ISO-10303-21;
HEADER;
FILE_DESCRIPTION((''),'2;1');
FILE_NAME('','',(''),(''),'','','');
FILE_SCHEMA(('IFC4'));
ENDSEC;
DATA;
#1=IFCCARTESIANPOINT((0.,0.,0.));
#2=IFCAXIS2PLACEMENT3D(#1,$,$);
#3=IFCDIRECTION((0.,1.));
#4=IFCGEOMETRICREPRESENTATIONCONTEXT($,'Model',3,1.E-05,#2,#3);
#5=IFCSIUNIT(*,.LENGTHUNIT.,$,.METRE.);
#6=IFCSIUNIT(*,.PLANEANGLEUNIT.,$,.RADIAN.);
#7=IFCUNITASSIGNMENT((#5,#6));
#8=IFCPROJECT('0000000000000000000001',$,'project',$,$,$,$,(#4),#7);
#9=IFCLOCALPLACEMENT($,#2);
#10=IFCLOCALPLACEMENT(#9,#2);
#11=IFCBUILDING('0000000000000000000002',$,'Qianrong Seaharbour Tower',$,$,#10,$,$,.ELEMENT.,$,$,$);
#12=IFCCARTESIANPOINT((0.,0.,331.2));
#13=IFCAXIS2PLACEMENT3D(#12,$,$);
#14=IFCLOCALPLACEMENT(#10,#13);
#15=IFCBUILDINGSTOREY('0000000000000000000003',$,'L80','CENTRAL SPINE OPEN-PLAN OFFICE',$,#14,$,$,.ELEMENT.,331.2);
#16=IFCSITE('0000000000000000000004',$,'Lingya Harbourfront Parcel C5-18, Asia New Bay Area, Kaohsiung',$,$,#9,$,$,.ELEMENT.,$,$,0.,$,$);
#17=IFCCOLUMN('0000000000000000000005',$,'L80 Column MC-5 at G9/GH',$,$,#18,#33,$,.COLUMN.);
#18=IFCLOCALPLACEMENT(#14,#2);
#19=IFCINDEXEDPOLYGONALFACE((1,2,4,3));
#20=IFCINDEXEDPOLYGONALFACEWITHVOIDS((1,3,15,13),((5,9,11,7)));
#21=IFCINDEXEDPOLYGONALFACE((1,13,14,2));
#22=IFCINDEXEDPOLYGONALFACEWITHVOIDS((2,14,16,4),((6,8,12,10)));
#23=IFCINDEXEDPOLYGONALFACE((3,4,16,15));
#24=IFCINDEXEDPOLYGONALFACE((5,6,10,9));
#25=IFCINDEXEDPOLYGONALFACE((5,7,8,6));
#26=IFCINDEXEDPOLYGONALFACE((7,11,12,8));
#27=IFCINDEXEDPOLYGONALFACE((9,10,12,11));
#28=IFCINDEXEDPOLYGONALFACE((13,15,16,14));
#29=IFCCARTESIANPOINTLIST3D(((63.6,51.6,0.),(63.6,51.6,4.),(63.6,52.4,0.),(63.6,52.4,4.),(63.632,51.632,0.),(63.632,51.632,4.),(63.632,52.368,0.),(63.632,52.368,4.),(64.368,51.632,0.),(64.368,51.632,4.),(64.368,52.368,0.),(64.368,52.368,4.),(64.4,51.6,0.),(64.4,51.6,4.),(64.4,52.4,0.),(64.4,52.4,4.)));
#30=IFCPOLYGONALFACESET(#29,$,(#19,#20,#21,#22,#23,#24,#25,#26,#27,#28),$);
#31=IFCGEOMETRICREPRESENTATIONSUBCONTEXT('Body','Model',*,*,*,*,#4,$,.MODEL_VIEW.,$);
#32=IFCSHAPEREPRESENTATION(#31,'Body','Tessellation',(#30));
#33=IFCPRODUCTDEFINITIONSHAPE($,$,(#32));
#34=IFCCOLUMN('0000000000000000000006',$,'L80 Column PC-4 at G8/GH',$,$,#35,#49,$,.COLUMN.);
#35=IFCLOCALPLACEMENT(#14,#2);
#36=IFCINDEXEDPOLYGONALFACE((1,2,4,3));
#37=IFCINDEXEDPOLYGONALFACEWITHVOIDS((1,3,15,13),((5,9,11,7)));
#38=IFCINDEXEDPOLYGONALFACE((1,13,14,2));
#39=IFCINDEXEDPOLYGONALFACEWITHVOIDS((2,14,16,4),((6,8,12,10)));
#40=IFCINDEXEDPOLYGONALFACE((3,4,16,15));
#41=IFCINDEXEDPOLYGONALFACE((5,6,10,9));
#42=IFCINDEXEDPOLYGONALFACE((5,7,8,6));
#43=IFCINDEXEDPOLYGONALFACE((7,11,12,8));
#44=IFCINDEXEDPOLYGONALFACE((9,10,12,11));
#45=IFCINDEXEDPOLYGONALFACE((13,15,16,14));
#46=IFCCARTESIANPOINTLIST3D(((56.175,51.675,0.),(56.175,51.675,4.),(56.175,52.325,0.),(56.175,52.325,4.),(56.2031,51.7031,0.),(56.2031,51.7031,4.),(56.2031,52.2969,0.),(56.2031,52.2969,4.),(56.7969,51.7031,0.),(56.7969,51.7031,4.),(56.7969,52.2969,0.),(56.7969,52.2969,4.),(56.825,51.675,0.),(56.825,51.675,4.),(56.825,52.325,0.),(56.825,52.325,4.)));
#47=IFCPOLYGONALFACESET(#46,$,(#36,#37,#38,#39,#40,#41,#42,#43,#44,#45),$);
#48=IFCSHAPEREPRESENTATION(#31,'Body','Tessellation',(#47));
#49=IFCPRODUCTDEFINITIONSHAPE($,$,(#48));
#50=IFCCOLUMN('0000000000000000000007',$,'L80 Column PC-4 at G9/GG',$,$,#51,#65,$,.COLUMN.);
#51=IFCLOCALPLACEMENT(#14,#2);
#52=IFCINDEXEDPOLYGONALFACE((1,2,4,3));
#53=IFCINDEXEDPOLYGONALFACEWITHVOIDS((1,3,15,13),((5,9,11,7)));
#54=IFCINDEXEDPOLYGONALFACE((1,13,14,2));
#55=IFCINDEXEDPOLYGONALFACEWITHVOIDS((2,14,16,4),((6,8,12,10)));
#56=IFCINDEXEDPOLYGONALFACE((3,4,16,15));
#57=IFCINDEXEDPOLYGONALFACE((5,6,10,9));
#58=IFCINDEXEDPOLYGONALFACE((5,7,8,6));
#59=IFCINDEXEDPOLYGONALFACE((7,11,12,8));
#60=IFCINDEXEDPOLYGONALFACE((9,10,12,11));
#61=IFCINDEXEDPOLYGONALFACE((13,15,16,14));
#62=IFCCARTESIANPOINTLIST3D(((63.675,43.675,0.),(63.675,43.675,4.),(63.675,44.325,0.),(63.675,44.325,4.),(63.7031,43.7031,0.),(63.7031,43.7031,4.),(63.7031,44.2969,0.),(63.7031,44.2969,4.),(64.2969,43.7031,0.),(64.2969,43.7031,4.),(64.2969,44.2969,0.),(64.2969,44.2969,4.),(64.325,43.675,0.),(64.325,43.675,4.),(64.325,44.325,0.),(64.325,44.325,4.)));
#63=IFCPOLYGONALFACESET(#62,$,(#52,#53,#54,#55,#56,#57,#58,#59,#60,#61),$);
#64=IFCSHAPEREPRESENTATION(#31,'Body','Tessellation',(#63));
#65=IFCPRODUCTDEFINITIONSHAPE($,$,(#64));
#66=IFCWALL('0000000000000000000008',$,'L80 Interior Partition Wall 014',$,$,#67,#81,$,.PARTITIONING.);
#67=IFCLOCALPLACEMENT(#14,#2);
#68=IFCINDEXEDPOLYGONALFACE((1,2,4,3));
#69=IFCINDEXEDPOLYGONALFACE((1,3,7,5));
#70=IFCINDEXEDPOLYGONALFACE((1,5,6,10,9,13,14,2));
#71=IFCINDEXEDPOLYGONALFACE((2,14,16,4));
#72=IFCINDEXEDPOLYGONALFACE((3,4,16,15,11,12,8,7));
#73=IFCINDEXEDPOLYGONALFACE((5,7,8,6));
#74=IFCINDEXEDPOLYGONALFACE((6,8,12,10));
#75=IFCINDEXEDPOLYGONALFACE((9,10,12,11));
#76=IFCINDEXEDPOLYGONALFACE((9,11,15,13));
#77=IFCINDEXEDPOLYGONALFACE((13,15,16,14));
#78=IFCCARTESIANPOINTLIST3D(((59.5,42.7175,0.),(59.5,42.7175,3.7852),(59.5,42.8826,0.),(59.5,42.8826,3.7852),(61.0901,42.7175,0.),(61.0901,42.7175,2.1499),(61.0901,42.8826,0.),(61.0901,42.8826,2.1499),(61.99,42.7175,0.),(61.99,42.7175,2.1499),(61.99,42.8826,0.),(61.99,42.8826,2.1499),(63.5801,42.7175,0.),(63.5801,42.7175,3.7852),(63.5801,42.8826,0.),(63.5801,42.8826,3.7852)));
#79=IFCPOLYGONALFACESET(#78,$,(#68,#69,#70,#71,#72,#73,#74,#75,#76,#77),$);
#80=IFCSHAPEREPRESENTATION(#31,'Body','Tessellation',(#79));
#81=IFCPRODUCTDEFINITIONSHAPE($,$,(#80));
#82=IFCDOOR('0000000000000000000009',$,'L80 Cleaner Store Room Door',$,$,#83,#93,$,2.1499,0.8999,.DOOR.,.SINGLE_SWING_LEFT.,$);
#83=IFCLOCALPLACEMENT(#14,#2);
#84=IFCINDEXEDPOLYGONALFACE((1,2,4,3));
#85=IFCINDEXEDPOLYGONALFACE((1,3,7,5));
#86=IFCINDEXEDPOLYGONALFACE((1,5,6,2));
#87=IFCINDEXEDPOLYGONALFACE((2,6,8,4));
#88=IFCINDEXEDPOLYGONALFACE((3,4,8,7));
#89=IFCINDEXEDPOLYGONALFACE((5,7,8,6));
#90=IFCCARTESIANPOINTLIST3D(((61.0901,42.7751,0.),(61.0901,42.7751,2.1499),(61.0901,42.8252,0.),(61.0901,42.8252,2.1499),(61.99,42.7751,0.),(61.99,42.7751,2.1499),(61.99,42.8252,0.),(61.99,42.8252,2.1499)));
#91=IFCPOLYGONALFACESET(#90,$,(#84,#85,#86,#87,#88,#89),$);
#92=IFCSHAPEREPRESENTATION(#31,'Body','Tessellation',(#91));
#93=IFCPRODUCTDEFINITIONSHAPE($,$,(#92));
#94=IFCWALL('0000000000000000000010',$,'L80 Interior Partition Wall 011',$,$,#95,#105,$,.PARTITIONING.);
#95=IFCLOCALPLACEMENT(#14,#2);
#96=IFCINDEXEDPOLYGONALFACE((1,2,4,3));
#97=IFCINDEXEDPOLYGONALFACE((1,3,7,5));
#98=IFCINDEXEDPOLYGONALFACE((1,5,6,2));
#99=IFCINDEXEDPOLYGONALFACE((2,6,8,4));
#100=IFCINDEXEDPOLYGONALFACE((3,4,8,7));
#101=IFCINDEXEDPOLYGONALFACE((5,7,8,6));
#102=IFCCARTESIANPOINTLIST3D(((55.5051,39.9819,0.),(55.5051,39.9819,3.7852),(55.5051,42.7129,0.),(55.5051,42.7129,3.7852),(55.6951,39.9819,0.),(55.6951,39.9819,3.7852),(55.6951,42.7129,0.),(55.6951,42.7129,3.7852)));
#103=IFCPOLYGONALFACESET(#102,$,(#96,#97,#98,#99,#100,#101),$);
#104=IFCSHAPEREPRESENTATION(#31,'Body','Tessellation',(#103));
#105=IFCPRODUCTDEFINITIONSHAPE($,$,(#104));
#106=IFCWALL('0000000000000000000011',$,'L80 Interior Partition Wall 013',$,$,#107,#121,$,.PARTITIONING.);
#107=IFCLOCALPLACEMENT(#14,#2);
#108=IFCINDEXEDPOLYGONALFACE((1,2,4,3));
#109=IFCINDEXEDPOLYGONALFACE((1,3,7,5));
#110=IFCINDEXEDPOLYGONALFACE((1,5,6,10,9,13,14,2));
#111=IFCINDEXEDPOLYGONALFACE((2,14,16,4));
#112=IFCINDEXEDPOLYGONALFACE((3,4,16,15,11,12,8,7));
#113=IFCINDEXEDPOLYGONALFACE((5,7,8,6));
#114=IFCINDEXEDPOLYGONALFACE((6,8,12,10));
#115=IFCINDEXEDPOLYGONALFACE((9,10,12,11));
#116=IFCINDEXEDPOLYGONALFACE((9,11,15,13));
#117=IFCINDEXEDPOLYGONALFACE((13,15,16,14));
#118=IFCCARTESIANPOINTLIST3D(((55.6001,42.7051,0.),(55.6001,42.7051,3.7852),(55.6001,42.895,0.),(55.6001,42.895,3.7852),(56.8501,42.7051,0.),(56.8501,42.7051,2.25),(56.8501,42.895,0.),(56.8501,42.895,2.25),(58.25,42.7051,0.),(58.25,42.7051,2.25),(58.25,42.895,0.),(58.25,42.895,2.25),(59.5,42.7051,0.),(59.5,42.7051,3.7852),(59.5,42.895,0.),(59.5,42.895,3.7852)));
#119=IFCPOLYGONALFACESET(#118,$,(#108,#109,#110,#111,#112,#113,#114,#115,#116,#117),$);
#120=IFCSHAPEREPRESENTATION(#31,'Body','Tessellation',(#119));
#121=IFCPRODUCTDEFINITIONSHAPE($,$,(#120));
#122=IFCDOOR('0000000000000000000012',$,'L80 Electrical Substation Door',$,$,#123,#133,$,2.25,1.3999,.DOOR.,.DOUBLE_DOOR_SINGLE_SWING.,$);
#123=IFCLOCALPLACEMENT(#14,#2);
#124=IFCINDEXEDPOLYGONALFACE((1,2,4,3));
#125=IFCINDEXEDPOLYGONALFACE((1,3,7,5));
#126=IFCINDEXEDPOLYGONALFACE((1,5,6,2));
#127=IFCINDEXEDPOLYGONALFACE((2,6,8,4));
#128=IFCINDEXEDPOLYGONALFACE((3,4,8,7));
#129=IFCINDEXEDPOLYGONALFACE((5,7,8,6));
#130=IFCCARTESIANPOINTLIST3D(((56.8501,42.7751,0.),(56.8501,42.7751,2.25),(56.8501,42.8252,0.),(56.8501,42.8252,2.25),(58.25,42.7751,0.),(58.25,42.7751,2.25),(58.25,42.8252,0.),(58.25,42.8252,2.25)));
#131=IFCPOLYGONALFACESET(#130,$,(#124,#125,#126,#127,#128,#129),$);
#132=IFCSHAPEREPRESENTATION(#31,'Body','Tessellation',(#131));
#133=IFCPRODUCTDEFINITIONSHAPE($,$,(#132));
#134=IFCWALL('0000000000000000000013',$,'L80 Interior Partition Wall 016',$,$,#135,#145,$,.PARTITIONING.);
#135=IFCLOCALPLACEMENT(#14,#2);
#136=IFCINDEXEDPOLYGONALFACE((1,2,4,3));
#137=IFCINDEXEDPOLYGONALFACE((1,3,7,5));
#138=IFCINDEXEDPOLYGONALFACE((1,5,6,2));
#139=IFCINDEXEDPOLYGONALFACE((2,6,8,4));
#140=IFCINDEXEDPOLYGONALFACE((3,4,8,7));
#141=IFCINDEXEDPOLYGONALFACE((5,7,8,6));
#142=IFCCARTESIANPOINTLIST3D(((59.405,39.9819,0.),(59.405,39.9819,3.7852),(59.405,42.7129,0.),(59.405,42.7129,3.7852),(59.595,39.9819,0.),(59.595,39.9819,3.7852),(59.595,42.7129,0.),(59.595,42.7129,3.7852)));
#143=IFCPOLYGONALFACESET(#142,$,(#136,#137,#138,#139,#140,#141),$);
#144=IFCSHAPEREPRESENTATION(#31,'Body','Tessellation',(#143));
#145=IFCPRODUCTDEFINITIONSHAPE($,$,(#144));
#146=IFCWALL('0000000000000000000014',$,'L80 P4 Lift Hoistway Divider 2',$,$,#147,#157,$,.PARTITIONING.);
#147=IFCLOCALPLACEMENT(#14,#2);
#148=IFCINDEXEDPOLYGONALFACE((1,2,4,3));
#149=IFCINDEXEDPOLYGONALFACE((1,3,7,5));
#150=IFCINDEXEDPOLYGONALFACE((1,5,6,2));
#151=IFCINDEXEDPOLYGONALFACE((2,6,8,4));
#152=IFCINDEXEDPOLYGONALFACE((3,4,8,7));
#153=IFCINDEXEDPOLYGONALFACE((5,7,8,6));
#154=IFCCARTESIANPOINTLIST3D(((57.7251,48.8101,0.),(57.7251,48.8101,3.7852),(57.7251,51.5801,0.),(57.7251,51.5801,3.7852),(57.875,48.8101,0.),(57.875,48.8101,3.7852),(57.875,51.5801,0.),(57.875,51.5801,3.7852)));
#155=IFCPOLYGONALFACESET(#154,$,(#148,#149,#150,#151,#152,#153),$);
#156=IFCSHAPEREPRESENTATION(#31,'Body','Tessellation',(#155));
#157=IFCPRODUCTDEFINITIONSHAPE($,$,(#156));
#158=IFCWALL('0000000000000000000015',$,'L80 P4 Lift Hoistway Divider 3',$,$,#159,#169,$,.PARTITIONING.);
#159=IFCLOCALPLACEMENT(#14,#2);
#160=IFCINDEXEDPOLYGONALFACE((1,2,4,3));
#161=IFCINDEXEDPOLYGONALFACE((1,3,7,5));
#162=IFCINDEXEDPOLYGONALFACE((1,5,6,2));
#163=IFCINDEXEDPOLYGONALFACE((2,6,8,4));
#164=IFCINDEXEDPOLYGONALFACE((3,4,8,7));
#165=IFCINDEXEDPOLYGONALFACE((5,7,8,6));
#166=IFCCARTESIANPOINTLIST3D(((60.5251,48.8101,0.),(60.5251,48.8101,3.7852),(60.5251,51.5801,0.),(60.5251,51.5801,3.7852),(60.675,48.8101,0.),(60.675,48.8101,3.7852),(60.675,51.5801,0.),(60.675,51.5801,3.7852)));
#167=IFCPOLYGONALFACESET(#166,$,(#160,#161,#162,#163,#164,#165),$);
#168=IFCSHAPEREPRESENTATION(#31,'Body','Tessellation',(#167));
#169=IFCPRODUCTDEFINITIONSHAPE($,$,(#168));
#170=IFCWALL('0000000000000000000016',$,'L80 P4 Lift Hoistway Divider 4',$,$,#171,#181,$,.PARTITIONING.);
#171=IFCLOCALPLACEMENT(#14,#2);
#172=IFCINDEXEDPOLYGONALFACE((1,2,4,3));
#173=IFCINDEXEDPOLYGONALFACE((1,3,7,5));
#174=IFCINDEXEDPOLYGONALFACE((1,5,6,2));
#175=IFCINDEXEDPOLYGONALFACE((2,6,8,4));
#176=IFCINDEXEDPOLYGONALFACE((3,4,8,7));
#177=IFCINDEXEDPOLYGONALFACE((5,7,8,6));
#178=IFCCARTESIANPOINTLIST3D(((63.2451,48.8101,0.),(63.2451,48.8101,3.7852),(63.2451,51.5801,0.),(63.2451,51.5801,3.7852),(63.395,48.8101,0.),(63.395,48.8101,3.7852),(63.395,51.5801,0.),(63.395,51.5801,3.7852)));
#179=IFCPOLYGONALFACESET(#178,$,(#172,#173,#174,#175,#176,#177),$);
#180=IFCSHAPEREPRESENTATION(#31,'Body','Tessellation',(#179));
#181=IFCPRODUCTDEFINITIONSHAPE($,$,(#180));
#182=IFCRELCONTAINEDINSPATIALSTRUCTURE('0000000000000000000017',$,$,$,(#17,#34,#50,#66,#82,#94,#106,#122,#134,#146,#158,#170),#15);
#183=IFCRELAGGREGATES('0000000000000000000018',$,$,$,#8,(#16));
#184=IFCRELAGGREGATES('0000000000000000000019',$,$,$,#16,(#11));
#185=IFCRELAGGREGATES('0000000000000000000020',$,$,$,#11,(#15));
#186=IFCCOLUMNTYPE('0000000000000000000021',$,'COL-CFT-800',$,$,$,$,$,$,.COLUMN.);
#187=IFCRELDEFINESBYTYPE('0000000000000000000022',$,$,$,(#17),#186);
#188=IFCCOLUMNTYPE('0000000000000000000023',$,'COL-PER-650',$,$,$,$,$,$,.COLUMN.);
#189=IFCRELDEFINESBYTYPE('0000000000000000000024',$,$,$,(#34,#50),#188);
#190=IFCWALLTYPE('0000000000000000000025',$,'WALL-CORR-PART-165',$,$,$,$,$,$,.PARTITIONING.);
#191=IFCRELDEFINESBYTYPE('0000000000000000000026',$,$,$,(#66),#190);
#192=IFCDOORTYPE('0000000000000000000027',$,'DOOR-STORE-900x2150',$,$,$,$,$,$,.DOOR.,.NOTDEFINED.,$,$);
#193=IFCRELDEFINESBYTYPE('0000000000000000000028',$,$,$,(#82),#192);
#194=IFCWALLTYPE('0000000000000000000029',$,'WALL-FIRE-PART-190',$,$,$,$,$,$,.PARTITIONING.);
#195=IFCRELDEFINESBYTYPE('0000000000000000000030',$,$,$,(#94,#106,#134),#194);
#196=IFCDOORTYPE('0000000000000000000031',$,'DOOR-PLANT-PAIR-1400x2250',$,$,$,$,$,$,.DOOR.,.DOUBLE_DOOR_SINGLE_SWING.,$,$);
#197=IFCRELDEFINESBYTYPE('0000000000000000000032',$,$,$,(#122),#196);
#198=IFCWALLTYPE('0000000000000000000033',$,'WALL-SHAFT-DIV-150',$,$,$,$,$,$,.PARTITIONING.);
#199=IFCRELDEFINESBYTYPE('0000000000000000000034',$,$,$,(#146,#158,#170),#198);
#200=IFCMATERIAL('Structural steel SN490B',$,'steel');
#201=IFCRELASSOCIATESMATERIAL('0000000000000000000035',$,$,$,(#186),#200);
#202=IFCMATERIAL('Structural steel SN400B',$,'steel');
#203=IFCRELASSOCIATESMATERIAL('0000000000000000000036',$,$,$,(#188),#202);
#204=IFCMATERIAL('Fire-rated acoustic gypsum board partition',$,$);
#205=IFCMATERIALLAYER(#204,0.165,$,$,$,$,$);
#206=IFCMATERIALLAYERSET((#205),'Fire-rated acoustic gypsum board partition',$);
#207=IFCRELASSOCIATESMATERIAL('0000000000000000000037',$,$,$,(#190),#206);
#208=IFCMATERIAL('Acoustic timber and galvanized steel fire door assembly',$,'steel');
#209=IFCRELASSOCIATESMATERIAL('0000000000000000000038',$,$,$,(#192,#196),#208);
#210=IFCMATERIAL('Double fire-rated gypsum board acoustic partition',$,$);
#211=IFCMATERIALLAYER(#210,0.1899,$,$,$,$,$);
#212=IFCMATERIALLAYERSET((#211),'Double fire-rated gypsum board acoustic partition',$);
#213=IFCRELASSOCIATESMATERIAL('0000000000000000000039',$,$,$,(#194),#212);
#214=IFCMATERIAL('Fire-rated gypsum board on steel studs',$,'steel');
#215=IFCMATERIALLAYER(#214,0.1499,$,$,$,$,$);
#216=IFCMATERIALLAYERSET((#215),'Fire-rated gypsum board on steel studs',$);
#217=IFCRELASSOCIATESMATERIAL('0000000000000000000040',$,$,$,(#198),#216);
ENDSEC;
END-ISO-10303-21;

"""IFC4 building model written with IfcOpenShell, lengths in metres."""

from ifc_helpers import new_model, si_unit, direction, frame, frame_2d, origin, origin_2d, place, context, subcontext, project, spatial, rectangle, hollow_rectangle, extrude, material, layer, layer_set, material_profile, profile_set, type_object, element, fill, save


model = new_model("IFC4")

# Units and contexts
model_context = context("Model", 3, precision=1e-05, world=origin(), true_north=direction((0.0, 1.0)))
body_context = subcontext(model_context, "Body", "Model", "MODEL_VIEW")
ifc_project = project(units=[si_unit("LENGTHUNIT", "METRE"), si_unit("PLANEANGLEUNIT", "RADIAN")], contexts=[model_context])

# Site, building, storey
site_placement = place(None, origin())
site = spatial("IfcSite", under=ifc_project, at=site_placement, Name="Lingya Harbourfront Parcel C5-18, Asia New Bay Area, Kaohsiung", CompositionType="ELEMENT", RefElevation=0.0)
building_placement = place(site_placement, origin())
building = spatial("IfcBuilding", under=site, at=building_placement, Name="Qianrong Seaharbour Tower", CompositionType="ELEMENT")
storey_placement = place(building_placement, frame((0.0, 0.0, 331.2)))
storey = spatial("IfcBuildingStorey", under=building, at=storey_placement, Name="L80", Description="CENTRAL SPINE OPEN-PLAN OFFICE", CompositionType="ELEMENT", Elevation=331.2)

# Columns
ifc_material_1 = material(Name="Structural steel SN490B", Category="steel")
ifc_material_profile_1 = material_profile(ifc_material_1, hollow_rectangle(XDim=0.8, YDim=0.8, WallThickness=0.032, at=origin_2d()), Name="BOX800x800x32")
ifc_profile_set_1 = profile_set([ifc_material_profile_1], Name="Structural steel SN490B")
column_type_1 = type_object("IfcColumnType", Name="COL-CFT-800", PredefinedType="COLUMN", material=ifc_profile_set_1)
column_placement = place(storey_placement, frame((64.0, 52.0, 0.0), z_axis=(0.0, 0.0, 1.0), x_axis=(1.0, 0.0, 0.0)))
element("IfcColumn", 1, at=column_placement, inside=storey, type_object=column_type_1, Name="L80 Column MC-5 at G9/GH", PredefinedType="COLUMN", context=body_context, shape_type="SweptSolid", body=[
    extrude(hollow_rectangle(XDim=0.8, YDim=0.8, WallThickness=0.032, at=origin_2d()), origin(), (0.0, 0.0, 1.0), 4.0),
])
ifc_material_2 = material(Name="Structural steel SN400B", Category="steel")
ifc_material_profile_2 = material_profile(ifc_material_2, hollow_rectangle(XDim=0.6499, YDim=0.6499, WallThickness=0.0281, at=origin_2d()), Name="BOX650x650x28")
ifc_profile_set_2 = profile_set([ifc_material_profile_2], Name="Structural steel SN400B")
column_type_2 = type_object("IfcColumnType", Name="COL-PER-650", PredefinedType="COLUMN", material=ifc_profile_set_2)
for number, where, z_axis, x_axis, name in (
    (2, (56.5, 52.0, 0.0), (0.0, 0.0, 1.0), (1.0, 0.0, 0.0), "L80 Column PC-4 at G8/GH"),
    (3, (64.0, 44.0, 0.0), (0.0, 0.0, 1.0), (1.0, 0.0, 0.0), "L80 Column PC-4 at G9/GG"),
):
    element("IfcColumn", number, at=place(storey_placement, frame(where, z_axis=z_axis, x_axis=x_axis)), inside=storey, type_object=column_type_2, Name=name, PredefinedType="COLUMN", context=body_context, shape_type="SweptSolid", body=[
        extrude(hollow_rectangle(XDim=0.6499, YDim=0.6499, WallThickness=0.0281, at=origin_2d()), origin(), (0.0, 0.0, 1.0), 4.0),
    ])

# Wall, opening, door
ifc_material_3 = material(Name="Fire-rated acoustic gypsum board partition")
ifc_layer_1 = layer(ifc_material_3, 0.165)
ifc_layer_set_1 = layer_set([ifc_layer_1], Name="Fire-rated acoustic gypsum board partition")
wall_type_1 = type_object("IfcWallType", Name="WALL-CORR-PART-165", PredefinedType="PARTITIONING", material=ifc_layer_set_1)
wall_1_placement = place(storey_placement, frame((63.5801, 42.8, 0.0), z_axis=(0.0, 0.0, 1.0), x_axis=(-1.0, 0.0, 0.0)))
wall_1 = element("IfcWall", 4, at=wall_1_placement, inside=storey, type_object=wall_type_1, Name="L80 Interior Partition Wall 014", PredefinedType="PARTITIONING", context=body_context, shape_type="SweptSolid", body=[
    extrude(rectangle(XDim=4.0801, YDim=0.165, at=frame_2d((2.04, 0.0))), origin(), (0.0, 0.0, 1.0), 3.7852),
])
opening_1_placement = place(wall_1_placement, frame((1.5901, 0.0, 0.0)))
opening_1 = element("IfcOpeningElement", 5, at=opening_1_placement, cuts=wall_1, PredefinedType="OPENING", context=body_context, shape_type="SweptSolid", body=[
    extrude(rectangle(XDim=0.8999, YDim=2.1499, at=frame_2d((0.45, 1.075))), frame((0.0, 0.0925, 0.0), z_axis=(0.0, -1.0, 0.0), x_axis=(1.0, 0.0, 0.0)), (0.0, 0.0, 1.0), 0.1851),
])
ifc_material_4 = material(Name="Acoustic timber and galvanized steel fire door assembly", Category="steel")
door_type_1 = type_object("IfcDoorType", Name="DOOR-STORE-900x2150", OperationType="NOTDEFINED", PredefinedType="DOOR", material=ifc_material_4)
door_1_placement = place(opening_1_placement, origin())
door_1 = element("IfcDoor", 6, at=door_1_placement, inside=storey, type_object=door_type_1, Name="L80 Cleaner Store Room Door", OperationType="SINGLE_SWING_LEFT", OverallHeight=2.1499, OverallWidth=0.8999, PredefinedType="DOOR", context=body_context, shape_type="SweptSolid", body=[
    extrude(rectangle(XDim=0.8999, YDim=2.1499, at=frame_2d((0.45, 1.075))), frame((0.0, 0.0249, 0.0), z_axis=(0.0, -1.0, 0.0), x_axis=(1.0, 0.0, 0.0)), (0.0, 0.0, 1.0), 0.05),
])
fill(opening_1, door_1)

# Wall
ifc_material_5 = material(Name="Double fire-rated gypsum board acoustic partition")
ifc_layer_2 = layer(ifc_material_5, 0.1899)
ifc_layer_set_2 = layer_set([ifc_layer_2], Name="Double fire-rated gypsum board acoustic partition")
wall_type_2 = type_object("IfcWallType", Name="WALL-FIRE-PART-190", PredefinedType="PARTITIONING", material=ifc_layer_set_2)
wall_2_placement = place(storey_placement, frame((55.6001, 42.7129, 0.0), z_axis=(0.0, 0.0, 1.0), x_axis=(0.0, -1.0, 0.0)))
element("IfcWall", 7, at=wall_2_placement, inside=storey, type_object=wall_type_2, Name="L80 Interior Partition Wall 011", PredefinedType="PARTITIONING", context=body_context, shape_type="SweptSolid", body=[
    extrude(rectangle(XDim=2.731, YDim=0.1899, at=frame_2d((1.3655, 0.0))), origin(), (0.0, 0.0, 1.0), 3.7852),
])

# Wall, opening, door
wall_3_placement = place(storey_placement, frame((59.5, 42.8, 0.0), z_axis=(0.0, 0.0, 1.0), x_axis=(-1.0, 0.0, 0.0)))
wall_3 = element("IfcWall", 8, at=wall_3_placement, inside=storey, type_object=wall_type_2, Name="L80 Interior Partition Wall 013", PredefinedType="PARTITIONING", context=body_context, shape_type="SweptSolid", body=[
    extrude(rectangle(XDim=3.8999, YDim=0.1899, at=frame_2d((1.95, 0.0))), origin(), (0.0, 0.0, 1.0), 3.7852),
])
opening_2_placement = place(wall_3_placement, frame((1.25, 0.0, 0.0)))
opening_2 = element("IfcOpeningElement", 9, at=opening_2_placement, cuts=wall_3, PredefinedType="OPENING", context=body_context, shape_type="SweptSolid", body=[
    extrude(rectangle(XDim=1.3999, YDim=2.25, at=frame_2d((0.7, 1.125))), frame((0.0, 0.105, 0.0), z_axis=(0.0, -1.0, 0.0), x_axis=(1.0, 0.0, 0.0)), (0.0, 0.0, 1.0), 0.21),
])
door_type_2 = type_object("IfcDoorType", Name="DOOR-PLANT-PAIR-1400x2250", OperationType="DOUBLE_DOOR_SINGLE_SWING", PredefinedType="DOOR", material=ifc_material_4)
door_2_placement = place(opening_2_placement, origin())
door_2 = element("IfcDoor", 10, at=door_2_placement, inside=storey, type_object=door_type_2, Name="L80 Electrical Substation Door", OperationType="DOUBLE_DOOR_SINGLE_SWING", OverallHeight=2.25, OverallWidth=1.3999, PredefinedType="DOOR", context=body_context, shape_type="SweptSolid", body=[
    extrude(rectangle(XDim=1.3999, YDim=2.25, at=frame_2d((0.7, 1.125))), frame((0.0, 0.0249, 0.0), z_axis=(0.0, -1.0, 0.0), x_axis=(1.0, 0.0, 0.0)), (0.0, 0.0, 1.0), 0.05),
])
fill(opening_2, door_2)

# Walls
wall_4_placement = place(storey_placement, frame((59.5, 42.7129, 0.0), z_axis=(0.0, 0.0, 1.0), x_axis=(0.0, -1.0, 0.0)))
element("IfcWall", 11, at=wall_4_placement, inside=storey, type_object=wall_type_2, Name="L80 Interior Partition Wall 016", PredefinedType="PARTITIONING", context=body_context, shape_type="SweptSolid", body=[
    extrude(rectangle(XDim=2.731, YDim=0.1899, at=frame_2d((1.3655, 0.0))), origin(), (0.0, 0.0, 1.0), 3.7852),
])
ifc_material_6 = material(Name="Fire-rated gypsum board on steel studs", Category="steel")
ifc_layer_3 = layer(ifc_material_6, 0.1499)
ifc_layer_set_3 = layer_set([ifc_layer_3], Name="Fire-rated gypsum board on steel studs")
wall_type_3 = type_object("IfcWallType", Name="WALL-SHAFT-DIV-150", PredefinedType="PARTITIONING", material=ifc_layer_set_3)
for number, where, z_axis, x_axis, name in (
    (12, (57.8, 48.8101, 0.0), (0.0, 0.0, 1.0), (0.0, 1.0, 0.0), "L80 P4 Lift Hoistway Divider 2"),
    (13, (60.6001, 48.8101, 0.0), (0.0, 0.0, 1.0), (0.0, 1.0, 0.0), "L80 P4 Lift Hoistway Divider 3"),
    (14, (63.3201, 48.8101, 0.0), (0.0, 0.0, 1.0), (0.0, 1.0, 0.0), "L80 P4 Lift Hoistway Divider 4"),
):
    element("IfcWall", number, at=place(storey_placement, frame(where, z_axis=z_axis, x_axis=x_axis)), inside=storey, type_object=wall_type_3, Name=name, PredefinedType="PARTITIONING", context=body_context, shape_type="SweptSolid", body=[
        extrude(rectangle(XDim=2.77, YDim=0.1499, at=frame_2d((1.385, 0.0))), origin(), (0.0, 0.0, 1.0), 3.7852),
    ])

save(model, "model.ifc")
